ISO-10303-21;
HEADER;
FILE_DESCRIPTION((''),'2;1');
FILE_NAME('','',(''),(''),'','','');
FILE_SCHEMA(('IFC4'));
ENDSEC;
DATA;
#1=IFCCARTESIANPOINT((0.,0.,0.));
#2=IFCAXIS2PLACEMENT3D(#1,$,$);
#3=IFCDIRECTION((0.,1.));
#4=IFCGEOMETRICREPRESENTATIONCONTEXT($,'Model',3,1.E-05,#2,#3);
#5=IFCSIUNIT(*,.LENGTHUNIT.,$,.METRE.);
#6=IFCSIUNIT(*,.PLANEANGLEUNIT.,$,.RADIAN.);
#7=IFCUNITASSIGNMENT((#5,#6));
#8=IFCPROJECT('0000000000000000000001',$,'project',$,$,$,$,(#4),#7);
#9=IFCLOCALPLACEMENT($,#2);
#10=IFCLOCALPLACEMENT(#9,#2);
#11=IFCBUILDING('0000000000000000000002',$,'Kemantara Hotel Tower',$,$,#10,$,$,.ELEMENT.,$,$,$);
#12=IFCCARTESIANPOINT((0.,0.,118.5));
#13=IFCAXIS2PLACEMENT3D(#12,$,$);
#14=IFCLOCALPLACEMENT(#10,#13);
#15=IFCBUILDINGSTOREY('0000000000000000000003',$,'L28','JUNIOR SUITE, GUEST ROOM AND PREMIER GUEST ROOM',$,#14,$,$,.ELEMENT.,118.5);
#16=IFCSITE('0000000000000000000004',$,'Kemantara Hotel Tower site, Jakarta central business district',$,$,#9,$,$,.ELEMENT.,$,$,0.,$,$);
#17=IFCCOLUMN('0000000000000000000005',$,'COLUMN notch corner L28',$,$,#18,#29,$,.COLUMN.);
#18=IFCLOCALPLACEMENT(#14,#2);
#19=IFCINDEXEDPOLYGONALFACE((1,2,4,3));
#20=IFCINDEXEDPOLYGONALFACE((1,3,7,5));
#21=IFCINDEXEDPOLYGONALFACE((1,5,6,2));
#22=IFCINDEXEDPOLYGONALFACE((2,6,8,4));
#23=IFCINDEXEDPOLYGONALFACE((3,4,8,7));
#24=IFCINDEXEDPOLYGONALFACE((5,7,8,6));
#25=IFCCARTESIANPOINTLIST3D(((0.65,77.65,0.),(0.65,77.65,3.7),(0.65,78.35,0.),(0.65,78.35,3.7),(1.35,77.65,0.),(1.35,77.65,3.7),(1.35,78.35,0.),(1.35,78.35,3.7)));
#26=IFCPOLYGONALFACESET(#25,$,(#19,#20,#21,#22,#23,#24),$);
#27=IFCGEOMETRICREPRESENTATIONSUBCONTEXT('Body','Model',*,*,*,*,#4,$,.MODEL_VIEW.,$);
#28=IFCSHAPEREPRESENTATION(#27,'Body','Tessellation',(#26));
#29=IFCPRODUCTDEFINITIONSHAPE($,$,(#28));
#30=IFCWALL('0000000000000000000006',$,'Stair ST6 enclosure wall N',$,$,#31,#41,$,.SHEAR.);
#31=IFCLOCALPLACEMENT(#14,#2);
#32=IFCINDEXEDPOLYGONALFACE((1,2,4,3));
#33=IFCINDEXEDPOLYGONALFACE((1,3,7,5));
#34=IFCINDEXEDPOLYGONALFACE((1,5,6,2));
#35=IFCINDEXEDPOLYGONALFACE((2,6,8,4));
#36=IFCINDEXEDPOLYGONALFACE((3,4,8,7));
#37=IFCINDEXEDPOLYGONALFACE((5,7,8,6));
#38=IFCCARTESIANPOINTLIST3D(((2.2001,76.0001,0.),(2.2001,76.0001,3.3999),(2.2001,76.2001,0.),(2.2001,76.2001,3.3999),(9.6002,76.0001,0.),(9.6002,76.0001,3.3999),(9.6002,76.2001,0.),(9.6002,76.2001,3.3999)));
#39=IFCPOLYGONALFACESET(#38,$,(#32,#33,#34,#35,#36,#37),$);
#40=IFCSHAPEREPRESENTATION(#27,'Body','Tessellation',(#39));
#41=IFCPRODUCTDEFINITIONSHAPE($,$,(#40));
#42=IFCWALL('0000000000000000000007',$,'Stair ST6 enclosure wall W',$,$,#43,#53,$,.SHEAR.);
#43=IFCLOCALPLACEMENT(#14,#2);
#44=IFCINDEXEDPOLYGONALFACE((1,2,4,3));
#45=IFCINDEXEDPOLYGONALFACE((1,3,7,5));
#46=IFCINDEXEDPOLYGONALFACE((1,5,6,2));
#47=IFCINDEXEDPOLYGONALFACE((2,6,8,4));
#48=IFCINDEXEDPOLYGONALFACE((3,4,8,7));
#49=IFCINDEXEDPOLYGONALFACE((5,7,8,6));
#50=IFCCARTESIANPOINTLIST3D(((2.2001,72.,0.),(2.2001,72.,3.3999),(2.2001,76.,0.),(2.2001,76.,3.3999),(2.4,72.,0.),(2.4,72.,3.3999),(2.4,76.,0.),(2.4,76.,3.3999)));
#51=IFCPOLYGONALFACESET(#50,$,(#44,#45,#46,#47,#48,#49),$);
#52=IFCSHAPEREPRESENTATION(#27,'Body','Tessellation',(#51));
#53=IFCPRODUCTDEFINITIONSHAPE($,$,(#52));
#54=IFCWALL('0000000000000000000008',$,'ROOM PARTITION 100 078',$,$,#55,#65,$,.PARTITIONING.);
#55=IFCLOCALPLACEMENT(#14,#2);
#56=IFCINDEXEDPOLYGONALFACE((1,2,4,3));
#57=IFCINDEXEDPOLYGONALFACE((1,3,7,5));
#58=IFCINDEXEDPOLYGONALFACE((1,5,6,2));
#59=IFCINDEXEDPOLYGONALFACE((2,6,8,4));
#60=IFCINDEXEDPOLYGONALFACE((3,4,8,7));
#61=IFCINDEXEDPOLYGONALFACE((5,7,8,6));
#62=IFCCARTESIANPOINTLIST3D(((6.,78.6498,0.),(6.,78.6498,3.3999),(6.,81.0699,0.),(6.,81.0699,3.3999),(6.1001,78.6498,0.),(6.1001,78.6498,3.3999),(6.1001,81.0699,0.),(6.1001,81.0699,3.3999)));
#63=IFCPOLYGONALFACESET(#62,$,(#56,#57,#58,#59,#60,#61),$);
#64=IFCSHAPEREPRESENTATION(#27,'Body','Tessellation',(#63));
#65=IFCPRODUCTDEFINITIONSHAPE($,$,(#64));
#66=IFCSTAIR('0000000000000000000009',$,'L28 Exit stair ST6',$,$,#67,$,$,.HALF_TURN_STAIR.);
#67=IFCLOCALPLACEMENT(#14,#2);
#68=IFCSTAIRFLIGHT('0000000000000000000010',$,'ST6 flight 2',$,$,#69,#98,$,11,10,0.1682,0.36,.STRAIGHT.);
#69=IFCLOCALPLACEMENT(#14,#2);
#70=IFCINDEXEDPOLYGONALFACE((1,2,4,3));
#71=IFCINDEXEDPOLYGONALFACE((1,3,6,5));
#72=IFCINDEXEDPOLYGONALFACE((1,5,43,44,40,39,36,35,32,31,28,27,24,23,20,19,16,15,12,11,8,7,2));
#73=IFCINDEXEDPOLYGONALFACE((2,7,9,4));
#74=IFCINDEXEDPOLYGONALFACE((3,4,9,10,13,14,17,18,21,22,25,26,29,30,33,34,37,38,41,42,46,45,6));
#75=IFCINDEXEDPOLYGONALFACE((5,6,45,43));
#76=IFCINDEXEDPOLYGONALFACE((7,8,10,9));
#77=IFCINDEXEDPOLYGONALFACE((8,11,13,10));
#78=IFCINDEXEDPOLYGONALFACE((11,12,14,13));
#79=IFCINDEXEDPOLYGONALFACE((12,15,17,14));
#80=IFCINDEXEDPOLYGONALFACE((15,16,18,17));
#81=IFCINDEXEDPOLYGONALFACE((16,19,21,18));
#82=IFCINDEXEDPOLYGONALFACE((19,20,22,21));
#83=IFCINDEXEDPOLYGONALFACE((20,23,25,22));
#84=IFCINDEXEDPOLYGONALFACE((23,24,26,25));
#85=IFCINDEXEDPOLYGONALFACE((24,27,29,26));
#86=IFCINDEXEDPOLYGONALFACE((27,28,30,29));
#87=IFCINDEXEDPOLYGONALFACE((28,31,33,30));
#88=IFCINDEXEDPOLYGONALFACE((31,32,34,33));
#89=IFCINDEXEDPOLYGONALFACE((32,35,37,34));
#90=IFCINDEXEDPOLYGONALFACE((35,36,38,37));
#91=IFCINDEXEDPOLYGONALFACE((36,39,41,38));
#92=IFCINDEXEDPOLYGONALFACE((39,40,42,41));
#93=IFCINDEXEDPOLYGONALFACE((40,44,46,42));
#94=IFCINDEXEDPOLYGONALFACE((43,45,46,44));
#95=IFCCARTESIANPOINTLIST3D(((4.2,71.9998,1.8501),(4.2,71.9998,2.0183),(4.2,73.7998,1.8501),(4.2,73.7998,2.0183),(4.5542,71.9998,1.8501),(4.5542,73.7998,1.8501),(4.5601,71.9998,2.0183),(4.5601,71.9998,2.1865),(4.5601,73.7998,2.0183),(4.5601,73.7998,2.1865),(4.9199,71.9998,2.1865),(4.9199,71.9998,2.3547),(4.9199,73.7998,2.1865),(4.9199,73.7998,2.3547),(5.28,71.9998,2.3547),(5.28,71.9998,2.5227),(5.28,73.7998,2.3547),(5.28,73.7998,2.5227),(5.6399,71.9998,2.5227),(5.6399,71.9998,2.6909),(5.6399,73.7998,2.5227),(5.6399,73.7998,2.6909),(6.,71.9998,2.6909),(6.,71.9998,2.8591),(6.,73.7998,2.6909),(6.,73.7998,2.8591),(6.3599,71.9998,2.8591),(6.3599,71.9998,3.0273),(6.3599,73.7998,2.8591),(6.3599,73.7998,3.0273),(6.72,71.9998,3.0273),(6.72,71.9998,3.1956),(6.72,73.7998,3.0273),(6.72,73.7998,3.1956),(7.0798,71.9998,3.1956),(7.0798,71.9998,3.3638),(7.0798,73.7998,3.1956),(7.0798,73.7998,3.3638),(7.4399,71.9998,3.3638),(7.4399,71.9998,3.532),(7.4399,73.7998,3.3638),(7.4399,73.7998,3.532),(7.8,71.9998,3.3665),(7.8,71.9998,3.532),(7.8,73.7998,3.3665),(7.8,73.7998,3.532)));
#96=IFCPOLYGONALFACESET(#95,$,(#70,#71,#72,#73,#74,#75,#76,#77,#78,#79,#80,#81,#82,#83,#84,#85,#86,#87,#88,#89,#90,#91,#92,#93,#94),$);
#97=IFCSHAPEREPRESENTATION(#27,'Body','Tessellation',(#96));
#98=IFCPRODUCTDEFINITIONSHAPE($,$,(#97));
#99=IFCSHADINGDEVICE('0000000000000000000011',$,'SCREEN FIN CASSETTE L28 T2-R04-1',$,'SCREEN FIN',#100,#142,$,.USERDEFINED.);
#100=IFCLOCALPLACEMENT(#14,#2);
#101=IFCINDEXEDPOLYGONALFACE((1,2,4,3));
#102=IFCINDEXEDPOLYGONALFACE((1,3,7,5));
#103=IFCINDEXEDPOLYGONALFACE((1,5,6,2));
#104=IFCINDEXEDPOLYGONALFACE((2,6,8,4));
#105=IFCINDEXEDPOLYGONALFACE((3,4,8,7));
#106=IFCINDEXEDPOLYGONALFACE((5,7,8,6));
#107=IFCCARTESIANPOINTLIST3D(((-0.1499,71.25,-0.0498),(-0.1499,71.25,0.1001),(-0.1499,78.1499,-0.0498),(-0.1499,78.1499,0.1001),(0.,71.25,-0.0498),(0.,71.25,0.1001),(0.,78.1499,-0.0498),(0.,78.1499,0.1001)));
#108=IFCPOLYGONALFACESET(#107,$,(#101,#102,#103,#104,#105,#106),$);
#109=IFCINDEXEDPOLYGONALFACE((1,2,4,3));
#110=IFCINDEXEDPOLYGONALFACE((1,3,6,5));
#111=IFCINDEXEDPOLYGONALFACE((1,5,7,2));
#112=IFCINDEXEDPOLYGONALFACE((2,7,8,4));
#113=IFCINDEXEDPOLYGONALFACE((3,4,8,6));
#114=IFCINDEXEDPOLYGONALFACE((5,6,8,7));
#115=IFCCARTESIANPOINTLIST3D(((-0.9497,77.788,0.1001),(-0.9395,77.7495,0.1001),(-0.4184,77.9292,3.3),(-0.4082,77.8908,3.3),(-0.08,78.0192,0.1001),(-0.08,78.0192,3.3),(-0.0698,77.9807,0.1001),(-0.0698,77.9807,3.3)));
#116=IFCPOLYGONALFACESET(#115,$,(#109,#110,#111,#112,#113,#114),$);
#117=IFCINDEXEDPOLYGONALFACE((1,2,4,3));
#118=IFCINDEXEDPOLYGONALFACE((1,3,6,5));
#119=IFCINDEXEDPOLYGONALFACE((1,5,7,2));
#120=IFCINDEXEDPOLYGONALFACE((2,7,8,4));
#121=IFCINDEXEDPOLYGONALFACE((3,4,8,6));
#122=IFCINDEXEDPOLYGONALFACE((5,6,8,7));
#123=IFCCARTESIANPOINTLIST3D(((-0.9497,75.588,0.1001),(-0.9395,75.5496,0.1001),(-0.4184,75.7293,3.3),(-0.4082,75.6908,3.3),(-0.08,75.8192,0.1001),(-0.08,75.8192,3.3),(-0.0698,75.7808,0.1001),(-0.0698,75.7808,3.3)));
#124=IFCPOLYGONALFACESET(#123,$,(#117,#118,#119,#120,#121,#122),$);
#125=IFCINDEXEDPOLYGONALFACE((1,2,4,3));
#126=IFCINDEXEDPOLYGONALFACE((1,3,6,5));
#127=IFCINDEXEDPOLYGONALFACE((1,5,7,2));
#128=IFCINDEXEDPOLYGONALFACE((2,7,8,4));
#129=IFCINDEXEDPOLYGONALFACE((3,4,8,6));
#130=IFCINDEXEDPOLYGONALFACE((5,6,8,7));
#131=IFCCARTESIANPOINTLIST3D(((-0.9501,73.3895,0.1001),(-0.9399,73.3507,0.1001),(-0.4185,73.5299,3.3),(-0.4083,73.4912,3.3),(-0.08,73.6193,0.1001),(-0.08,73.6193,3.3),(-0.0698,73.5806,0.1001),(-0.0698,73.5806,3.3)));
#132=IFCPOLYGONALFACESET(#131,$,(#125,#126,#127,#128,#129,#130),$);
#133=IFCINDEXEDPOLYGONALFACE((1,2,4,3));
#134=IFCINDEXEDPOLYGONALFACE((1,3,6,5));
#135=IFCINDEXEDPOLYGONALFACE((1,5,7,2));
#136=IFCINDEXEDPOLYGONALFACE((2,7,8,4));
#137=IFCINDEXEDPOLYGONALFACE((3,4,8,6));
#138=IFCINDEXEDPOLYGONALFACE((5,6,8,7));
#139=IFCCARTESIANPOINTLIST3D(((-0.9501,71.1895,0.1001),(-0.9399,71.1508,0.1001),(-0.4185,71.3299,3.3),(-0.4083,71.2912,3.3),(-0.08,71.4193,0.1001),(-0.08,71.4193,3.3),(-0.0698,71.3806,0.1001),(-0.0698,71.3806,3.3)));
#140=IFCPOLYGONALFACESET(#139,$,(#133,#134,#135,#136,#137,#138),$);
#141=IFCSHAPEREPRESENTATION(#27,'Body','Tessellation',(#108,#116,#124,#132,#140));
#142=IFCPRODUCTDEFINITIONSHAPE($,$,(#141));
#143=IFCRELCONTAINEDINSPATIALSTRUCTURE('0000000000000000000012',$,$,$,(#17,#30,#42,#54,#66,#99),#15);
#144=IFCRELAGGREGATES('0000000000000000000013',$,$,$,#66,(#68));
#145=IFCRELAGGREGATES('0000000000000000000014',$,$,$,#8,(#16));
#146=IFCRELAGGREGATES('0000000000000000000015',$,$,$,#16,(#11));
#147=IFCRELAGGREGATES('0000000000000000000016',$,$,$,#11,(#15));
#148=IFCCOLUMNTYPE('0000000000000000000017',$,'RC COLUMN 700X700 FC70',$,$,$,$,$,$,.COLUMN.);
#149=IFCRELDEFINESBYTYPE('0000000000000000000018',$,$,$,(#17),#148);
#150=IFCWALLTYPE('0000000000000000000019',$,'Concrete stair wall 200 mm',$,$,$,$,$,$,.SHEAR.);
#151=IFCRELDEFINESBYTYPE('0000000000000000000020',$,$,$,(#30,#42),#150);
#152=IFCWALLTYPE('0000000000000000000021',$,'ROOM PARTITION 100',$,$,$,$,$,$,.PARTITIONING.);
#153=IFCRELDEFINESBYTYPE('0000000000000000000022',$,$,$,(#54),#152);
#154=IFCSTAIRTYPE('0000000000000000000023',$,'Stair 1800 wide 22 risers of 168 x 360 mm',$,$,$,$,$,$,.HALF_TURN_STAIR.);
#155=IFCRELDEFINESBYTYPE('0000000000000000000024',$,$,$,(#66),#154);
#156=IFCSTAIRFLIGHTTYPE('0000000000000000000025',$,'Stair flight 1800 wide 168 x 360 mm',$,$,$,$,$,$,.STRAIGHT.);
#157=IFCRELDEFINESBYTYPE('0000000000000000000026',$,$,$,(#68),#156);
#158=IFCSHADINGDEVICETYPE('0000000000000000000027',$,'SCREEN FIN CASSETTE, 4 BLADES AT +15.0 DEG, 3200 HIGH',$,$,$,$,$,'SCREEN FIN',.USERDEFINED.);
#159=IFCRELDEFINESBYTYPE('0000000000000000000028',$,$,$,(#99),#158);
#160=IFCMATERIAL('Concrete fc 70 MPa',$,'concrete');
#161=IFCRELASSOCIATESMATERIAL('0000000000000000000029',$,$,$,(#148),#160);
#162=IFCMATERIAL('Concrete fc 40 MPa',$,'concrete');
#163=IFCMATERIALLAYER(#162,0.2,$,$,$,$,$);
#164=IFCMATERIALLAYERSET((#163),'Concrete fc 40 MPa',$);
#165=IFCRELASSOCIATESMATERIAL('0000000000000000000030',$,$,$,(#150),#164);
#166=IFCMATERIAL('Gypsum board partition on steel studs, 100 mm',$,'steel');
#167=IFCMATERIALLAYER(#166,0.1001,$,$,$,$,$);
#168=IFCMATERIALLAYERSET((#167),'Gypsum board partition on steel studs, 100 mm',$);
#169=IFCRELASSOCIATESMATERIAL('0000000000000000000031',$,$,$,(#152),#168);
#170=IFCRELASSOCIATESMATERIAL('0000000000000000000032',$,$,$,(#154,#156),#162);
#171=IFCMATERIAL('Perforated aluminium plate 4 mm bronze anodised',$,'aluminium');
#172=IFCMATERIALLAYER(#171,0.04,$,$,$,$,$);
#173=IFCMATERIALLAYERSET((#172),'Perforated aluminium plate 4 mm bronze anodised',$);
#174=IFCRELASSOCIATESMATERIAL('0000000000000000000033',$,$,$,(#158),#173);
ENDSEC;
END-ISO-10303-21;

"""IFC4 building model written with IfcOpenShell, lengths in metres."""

from ifc_helpers import new_model, si_unit, direction, frame, frame_2d, origin, origin_2d, place, context, subcontext, project, spatial, polyline, rectangle, outline, extrude, source, transform, mapped, material, layer, layer_set, material_profile, profile_set, type_object, element, aggregate, save


model = new_model("IFC4")

# Units and contexts
model_context = context("Model", 3, precision=1e-05, world=origin(), true_north=direction((0.0, 1.0)))
body_context = subcontext(model_context, "Body", "Model", "MODEL_VIEW")
ifc_project = project(units=[si_unit("LENGTHUNIT", "METRE"), si_unit("PLANEANGLEUNIT", "RADIAN")], contexts=[model_context])

# Site, building, storey
site_placement = place(None, origin())
site = spatial("IfcSite", under=ifc_project, at=site_placement, Name="Kemantara Hotel Tower site, Jakarta central business district", CompositionType="ELEMENT", RefElevation=0.0)
building_placement = place(site_placement, origin())
building = spatial("IfcBuilding", under=site, at=building_placement, Name="Kemantara Hotel Tower", CompositionType="ELEMENT")
storey_placement = place(building_placement, frame((0.0, 0.0, 118.5)))
storey = spatial("IfcBuildingStorey", under=building, at=storey_placement, Name="L28", Description="JUNIOR SUITE, GUEST ROOM AND PREMIER GUEST ROOM", CompositionType="ELEMENT", Elevation=118.5)

# Column
ifc_material_1 = material(Name="Concrete fc 70 MPa", Category="concrete")
ifc_material_profile = material_profile(ifc_material_1, rectangle(XDim=0.7, YDim=0.7, at=origin_2d()), Name="RC 700X700")
ifc_profile_set = profile_set([ifc_material_profile], Name="Concrete fc 70 MPa")
column_type = type_object("IfcColumnType", Name="RC COLUMN 700X700 FC70", PredefinedType="COLUMN", material=ifc_profile_set)
column_placement = place(storey_placement, frame((1.0, 78.0, 0.0), z_axis=(0.0, 0.0, 1.0), x_axis=(1.0, 0.0, 0.0)))
element("IfcColumn", 1, at=column_placement, inside=storey, type_object=column_type, Name="COLUMN notch corner L28", PredefinedType="COLUMN", context=body_context, shape_type="SweptSolid", body=[
    extrude(rectangle(XDim=0.7, YDim=0.7, at=origin_2d()), origin(), (0.0, 0.0, 1.0), 3.7),
])

# Walls
ifc_material_2 = material(Name="Concrete fc 40 MPa", Category="concrete")
ifc_layer_1 = layer(ifc_material_2, 0.2)
ifc_layer_set_1 = layer_set([ifc_layer_1], Name="Concrete fc 40 MPa")
wall_type_1 = type_object("IfcWallType", Name="Concrete stair wall 200 mm", PredefinedType="SHEAR", material=ifc_layer_set_1)
wall_1_placement = place(storey_placement, frame((2.2, 76.1001, 0.0), z_axis=(0.0, 0.0, 1.0), x_axis=(1.0, 0.0, 0.0)))
element("IfcWall", 2, at=wall_1_placement, inside=storey, type_object=wall_type_1, Name="Stair ST6 enclosure wall N", PredefinedType="SHEAR", context=body_context, shape_type="SweptSolid", body=[
    extrude(rectangle(XDim=7.4001, YDim=0.2, at=frame_2d((3.7002, 0.0))), origin(), (0.0, 0.0, 1.0), 3.3999),
])
wall_2_placement = place(storey_placement, frame((2.3, 72.0, 0.0), z_axis=(0.0, 0.0, 1.0), x_axis=(0.0, 1.0, 0.0)))
element("IfcWall", 3, at=wall_2_placement, inside=storey, type_object=wall_type_1, Name="Stair ST6 enclosure wall W", PredefinedType="SHEAR", context=body_context, shape_type="SweptSolid", body=[
    extrude(rectangle(XDim=4.0, YDim=0.2, at=frame_2d((2.0, 0.0))), origin(), (0.0, 0.0, 1.0), 3.3999),
])
ifc_material_3 = material(Name="Gypsum board partition on steel studs, 100 mm", Category="steel")
ifc_layer_2 = layer(ifc_material_3, 0.1001)
ifc_layer_set_2 = layer_set([ifc_layer_2], Name="Gypsum board partition on steel studs, 100 mm")
wall_type_2 = type_object("IfcWallType", Name="ROOM PARTITION 100", PredefinedType="PARTITIONING", material=ifc_layer_set_2)
wall_3_placement = place(storey_placement, frame((6.05, 78.6499, 0.0), z_axis=(0.0, 0.0, 1.0), x_axis=(0.0, 1.0, 0.0)))
element("IfcWall", 4, at=wall_3_placement, inside=storey, type_object=wall_type_2, Name="ROOM PARTITION 100 078", PredefinedType="PARTITIONING", context=body_context, shape_type="SweptSolid", body=[
    extrude(rectangle(XDim=2.4202, YDim=0.1001, at=frame_2d((1.21, 0.0))), origin(), (0.0, 0.0, 1.0), 3.3999),
])

# Stair, stair flight
stair_type = type_object("IfcStairType", Name="Stair 1800 wide 22 risers of 168 x 360 mm", PredefinedType="HALF_TURN_STAIR", material=ifc_material_2)
stair_placement = place(storey_placement, origin())
stair = element("IfcStair", 5, at=stair_placement, inside=storey, type_object=stair_type, Name="L28 Exit stair ST6", PredefinedType="HALF_TURN_STAIR")
stair_flight_type = type_object("IfcStairFlightType", Name="Stair flight 1800 wide 168 x 360 mm", PredefinedType="STRAIGHT", material=ifc_material_2)
stair_flight_placement = place(storey_placement, frame((4.2, 72.8999, 1.8501), z_axis=(0.0, 0.0, 1.0), x_axis=(1.0, 0.0, 0.0)))
stair_flight = element("IfcStairFlight", 6, at=stair_flight_placement, type_object=stair_flight_type, Name="ST6 flight 2", NumberOfRisers=11, NumberOfTreads=10, PredefinedType="STRAIGHT", RiserHeight=0.1682, TreadLength=0.36, context=body_context, shape_type="SweptSolid", body=[
    extrude(outline(polyline([(0.0, 0.0), (0.0, 0.1682), (0.3601, 0.1682), (0.3601, 0.3364), (0.72, 0.3364), (0.72, 0.5046), (1.0801, 0.5046), (1.0801, 0.6726), (1.4399, 0.6726), (1.4399, 0.8408), (1.8, 0.8408), (1.8, 1.009), (2.1599, 1.009), (2.1599, 1.1772), (2.52, 1.1772), (2.52, 1.3455), (2.8799, 1.3455), (2.8799, 1.5137), (3.24, 1.5137), (3.24, 1.6819), (3.6001, 1.6819), (3.6001, 1.8501), (3.6001, 1.5164), (0.3542, 0.0), (0.0, 0.0)])), frame((0.0, 0.8999, 0.0), z_axis=(0.0, -1.0, 0.0), x_axis=(1.0, 0.0, 0.0)), (0.0, 0.0, 1.0), 1.8),
])
aggregate(stair, [stair_flight])

# Shading device
ifc_material_4 = material(Name="Perforated aluminium plate 4 mm bronze anodised", Category="aluminium")
ifc_layer_3 = layer(ifc_material_4, 0.04)
ifc_layer_set_3 = layer_set([ifc_layer_3], Name="Perforated aluminium plate 4 mm bronze anodised")
shading_device_type = type_object("IfcShadingDeviceType", Name="SCREEN FIN CASSETTE, 4 BLADES AT +15.0 DEG, 3200 HIGH", ElementType="SCREEN FIN", PredefinedType="USERDEFINED", material=ifc_layer_set_3)
shared_shape = source(origin(), body_context, "Body", "SweptSolid", [
    extrude(rectangle(XDim=6.8999, YDim=0.1499, at=origin_2d()), frame((3.3, -0.075, -0.1499), z_axis=(0.0, 0.0, 1.0), x_axis=(1.0, 0.0, 0.0)), (0.0, 0.0, 1.0), 0.1499),
    extrude(outline(polyline([(0.0, 0.0), (0.8999, 0.0), (0.3501, 3.2), (0.0, 3.2), (0.0, 0.0)])), frame((0.0193, -0.0698, 0.0), z_axis=(-0.966438, -0.256901, 0.0), x_axis=(0.256901, -0.966438, 0.0)), (0.0, 0.0, 1.0), 0.0398),
    extrude(outline(polyline([(0.0, 0.0), (0.8999, 0.0), (0.3501, 3.2), (0.0, 3.2), (0.0, 0.0)])), frame((2.2192, -0.0698, 0.0), z_axis=(-0.966438, -0.256901, 0.0), x_axis=(0.256901, -0.966438, 0.0)), (0.0, 0.0, 1.0), 0.0398),
    extrude(outline(polyline([(0.0, 0.0), (0.8999, 0.0), (0.3501, 3.2), (0.0, 3.2), (0.0, 0.0)])), frame((4.4194, -0.0698, 0.0), z_axis=(-0.966838, -0.255391, 0.0), x_axis=(0.255391, -0.966838, 0.0)), (0.0, 0.0, 1.0), 0.04),
    extrude(outline(polyline([(0.0, 0.0), (0.8999, 0.0), (0.3501, 3.2), (0.0, 3.2), (0.0, 0.0)])), frame((6.6194, -0.0698, 0.0), z_axis=(-0.966838, -0.255391, 0.0), x_axis=(0.255391, -0.966838, 0.0)), (0.0, 0.0, 1.0), 0.04),
])
shading_device_placement = place(storey_placement, frame((0.0, 78.0, 0.1001), z_axis=(0.0, 0.0, 1.0), x_axis=(0.0, -1.0, 0.0)))
element("IfcShadingDevice", 7, at=shading_device_placement, inside=storey, type_object=shading_device_type, Name="SCREEN FIN CASSETTE L28 T2-R04-1", ObjectType="SCREEN FIN", PredefinedType="USERDEFINED", context=body_context, shape_type="MappedRepresentation", body=[
    mapped(shared_shape, transform((0.0, 0.0, 0.0))),
])

save(model, "model.ifc")
